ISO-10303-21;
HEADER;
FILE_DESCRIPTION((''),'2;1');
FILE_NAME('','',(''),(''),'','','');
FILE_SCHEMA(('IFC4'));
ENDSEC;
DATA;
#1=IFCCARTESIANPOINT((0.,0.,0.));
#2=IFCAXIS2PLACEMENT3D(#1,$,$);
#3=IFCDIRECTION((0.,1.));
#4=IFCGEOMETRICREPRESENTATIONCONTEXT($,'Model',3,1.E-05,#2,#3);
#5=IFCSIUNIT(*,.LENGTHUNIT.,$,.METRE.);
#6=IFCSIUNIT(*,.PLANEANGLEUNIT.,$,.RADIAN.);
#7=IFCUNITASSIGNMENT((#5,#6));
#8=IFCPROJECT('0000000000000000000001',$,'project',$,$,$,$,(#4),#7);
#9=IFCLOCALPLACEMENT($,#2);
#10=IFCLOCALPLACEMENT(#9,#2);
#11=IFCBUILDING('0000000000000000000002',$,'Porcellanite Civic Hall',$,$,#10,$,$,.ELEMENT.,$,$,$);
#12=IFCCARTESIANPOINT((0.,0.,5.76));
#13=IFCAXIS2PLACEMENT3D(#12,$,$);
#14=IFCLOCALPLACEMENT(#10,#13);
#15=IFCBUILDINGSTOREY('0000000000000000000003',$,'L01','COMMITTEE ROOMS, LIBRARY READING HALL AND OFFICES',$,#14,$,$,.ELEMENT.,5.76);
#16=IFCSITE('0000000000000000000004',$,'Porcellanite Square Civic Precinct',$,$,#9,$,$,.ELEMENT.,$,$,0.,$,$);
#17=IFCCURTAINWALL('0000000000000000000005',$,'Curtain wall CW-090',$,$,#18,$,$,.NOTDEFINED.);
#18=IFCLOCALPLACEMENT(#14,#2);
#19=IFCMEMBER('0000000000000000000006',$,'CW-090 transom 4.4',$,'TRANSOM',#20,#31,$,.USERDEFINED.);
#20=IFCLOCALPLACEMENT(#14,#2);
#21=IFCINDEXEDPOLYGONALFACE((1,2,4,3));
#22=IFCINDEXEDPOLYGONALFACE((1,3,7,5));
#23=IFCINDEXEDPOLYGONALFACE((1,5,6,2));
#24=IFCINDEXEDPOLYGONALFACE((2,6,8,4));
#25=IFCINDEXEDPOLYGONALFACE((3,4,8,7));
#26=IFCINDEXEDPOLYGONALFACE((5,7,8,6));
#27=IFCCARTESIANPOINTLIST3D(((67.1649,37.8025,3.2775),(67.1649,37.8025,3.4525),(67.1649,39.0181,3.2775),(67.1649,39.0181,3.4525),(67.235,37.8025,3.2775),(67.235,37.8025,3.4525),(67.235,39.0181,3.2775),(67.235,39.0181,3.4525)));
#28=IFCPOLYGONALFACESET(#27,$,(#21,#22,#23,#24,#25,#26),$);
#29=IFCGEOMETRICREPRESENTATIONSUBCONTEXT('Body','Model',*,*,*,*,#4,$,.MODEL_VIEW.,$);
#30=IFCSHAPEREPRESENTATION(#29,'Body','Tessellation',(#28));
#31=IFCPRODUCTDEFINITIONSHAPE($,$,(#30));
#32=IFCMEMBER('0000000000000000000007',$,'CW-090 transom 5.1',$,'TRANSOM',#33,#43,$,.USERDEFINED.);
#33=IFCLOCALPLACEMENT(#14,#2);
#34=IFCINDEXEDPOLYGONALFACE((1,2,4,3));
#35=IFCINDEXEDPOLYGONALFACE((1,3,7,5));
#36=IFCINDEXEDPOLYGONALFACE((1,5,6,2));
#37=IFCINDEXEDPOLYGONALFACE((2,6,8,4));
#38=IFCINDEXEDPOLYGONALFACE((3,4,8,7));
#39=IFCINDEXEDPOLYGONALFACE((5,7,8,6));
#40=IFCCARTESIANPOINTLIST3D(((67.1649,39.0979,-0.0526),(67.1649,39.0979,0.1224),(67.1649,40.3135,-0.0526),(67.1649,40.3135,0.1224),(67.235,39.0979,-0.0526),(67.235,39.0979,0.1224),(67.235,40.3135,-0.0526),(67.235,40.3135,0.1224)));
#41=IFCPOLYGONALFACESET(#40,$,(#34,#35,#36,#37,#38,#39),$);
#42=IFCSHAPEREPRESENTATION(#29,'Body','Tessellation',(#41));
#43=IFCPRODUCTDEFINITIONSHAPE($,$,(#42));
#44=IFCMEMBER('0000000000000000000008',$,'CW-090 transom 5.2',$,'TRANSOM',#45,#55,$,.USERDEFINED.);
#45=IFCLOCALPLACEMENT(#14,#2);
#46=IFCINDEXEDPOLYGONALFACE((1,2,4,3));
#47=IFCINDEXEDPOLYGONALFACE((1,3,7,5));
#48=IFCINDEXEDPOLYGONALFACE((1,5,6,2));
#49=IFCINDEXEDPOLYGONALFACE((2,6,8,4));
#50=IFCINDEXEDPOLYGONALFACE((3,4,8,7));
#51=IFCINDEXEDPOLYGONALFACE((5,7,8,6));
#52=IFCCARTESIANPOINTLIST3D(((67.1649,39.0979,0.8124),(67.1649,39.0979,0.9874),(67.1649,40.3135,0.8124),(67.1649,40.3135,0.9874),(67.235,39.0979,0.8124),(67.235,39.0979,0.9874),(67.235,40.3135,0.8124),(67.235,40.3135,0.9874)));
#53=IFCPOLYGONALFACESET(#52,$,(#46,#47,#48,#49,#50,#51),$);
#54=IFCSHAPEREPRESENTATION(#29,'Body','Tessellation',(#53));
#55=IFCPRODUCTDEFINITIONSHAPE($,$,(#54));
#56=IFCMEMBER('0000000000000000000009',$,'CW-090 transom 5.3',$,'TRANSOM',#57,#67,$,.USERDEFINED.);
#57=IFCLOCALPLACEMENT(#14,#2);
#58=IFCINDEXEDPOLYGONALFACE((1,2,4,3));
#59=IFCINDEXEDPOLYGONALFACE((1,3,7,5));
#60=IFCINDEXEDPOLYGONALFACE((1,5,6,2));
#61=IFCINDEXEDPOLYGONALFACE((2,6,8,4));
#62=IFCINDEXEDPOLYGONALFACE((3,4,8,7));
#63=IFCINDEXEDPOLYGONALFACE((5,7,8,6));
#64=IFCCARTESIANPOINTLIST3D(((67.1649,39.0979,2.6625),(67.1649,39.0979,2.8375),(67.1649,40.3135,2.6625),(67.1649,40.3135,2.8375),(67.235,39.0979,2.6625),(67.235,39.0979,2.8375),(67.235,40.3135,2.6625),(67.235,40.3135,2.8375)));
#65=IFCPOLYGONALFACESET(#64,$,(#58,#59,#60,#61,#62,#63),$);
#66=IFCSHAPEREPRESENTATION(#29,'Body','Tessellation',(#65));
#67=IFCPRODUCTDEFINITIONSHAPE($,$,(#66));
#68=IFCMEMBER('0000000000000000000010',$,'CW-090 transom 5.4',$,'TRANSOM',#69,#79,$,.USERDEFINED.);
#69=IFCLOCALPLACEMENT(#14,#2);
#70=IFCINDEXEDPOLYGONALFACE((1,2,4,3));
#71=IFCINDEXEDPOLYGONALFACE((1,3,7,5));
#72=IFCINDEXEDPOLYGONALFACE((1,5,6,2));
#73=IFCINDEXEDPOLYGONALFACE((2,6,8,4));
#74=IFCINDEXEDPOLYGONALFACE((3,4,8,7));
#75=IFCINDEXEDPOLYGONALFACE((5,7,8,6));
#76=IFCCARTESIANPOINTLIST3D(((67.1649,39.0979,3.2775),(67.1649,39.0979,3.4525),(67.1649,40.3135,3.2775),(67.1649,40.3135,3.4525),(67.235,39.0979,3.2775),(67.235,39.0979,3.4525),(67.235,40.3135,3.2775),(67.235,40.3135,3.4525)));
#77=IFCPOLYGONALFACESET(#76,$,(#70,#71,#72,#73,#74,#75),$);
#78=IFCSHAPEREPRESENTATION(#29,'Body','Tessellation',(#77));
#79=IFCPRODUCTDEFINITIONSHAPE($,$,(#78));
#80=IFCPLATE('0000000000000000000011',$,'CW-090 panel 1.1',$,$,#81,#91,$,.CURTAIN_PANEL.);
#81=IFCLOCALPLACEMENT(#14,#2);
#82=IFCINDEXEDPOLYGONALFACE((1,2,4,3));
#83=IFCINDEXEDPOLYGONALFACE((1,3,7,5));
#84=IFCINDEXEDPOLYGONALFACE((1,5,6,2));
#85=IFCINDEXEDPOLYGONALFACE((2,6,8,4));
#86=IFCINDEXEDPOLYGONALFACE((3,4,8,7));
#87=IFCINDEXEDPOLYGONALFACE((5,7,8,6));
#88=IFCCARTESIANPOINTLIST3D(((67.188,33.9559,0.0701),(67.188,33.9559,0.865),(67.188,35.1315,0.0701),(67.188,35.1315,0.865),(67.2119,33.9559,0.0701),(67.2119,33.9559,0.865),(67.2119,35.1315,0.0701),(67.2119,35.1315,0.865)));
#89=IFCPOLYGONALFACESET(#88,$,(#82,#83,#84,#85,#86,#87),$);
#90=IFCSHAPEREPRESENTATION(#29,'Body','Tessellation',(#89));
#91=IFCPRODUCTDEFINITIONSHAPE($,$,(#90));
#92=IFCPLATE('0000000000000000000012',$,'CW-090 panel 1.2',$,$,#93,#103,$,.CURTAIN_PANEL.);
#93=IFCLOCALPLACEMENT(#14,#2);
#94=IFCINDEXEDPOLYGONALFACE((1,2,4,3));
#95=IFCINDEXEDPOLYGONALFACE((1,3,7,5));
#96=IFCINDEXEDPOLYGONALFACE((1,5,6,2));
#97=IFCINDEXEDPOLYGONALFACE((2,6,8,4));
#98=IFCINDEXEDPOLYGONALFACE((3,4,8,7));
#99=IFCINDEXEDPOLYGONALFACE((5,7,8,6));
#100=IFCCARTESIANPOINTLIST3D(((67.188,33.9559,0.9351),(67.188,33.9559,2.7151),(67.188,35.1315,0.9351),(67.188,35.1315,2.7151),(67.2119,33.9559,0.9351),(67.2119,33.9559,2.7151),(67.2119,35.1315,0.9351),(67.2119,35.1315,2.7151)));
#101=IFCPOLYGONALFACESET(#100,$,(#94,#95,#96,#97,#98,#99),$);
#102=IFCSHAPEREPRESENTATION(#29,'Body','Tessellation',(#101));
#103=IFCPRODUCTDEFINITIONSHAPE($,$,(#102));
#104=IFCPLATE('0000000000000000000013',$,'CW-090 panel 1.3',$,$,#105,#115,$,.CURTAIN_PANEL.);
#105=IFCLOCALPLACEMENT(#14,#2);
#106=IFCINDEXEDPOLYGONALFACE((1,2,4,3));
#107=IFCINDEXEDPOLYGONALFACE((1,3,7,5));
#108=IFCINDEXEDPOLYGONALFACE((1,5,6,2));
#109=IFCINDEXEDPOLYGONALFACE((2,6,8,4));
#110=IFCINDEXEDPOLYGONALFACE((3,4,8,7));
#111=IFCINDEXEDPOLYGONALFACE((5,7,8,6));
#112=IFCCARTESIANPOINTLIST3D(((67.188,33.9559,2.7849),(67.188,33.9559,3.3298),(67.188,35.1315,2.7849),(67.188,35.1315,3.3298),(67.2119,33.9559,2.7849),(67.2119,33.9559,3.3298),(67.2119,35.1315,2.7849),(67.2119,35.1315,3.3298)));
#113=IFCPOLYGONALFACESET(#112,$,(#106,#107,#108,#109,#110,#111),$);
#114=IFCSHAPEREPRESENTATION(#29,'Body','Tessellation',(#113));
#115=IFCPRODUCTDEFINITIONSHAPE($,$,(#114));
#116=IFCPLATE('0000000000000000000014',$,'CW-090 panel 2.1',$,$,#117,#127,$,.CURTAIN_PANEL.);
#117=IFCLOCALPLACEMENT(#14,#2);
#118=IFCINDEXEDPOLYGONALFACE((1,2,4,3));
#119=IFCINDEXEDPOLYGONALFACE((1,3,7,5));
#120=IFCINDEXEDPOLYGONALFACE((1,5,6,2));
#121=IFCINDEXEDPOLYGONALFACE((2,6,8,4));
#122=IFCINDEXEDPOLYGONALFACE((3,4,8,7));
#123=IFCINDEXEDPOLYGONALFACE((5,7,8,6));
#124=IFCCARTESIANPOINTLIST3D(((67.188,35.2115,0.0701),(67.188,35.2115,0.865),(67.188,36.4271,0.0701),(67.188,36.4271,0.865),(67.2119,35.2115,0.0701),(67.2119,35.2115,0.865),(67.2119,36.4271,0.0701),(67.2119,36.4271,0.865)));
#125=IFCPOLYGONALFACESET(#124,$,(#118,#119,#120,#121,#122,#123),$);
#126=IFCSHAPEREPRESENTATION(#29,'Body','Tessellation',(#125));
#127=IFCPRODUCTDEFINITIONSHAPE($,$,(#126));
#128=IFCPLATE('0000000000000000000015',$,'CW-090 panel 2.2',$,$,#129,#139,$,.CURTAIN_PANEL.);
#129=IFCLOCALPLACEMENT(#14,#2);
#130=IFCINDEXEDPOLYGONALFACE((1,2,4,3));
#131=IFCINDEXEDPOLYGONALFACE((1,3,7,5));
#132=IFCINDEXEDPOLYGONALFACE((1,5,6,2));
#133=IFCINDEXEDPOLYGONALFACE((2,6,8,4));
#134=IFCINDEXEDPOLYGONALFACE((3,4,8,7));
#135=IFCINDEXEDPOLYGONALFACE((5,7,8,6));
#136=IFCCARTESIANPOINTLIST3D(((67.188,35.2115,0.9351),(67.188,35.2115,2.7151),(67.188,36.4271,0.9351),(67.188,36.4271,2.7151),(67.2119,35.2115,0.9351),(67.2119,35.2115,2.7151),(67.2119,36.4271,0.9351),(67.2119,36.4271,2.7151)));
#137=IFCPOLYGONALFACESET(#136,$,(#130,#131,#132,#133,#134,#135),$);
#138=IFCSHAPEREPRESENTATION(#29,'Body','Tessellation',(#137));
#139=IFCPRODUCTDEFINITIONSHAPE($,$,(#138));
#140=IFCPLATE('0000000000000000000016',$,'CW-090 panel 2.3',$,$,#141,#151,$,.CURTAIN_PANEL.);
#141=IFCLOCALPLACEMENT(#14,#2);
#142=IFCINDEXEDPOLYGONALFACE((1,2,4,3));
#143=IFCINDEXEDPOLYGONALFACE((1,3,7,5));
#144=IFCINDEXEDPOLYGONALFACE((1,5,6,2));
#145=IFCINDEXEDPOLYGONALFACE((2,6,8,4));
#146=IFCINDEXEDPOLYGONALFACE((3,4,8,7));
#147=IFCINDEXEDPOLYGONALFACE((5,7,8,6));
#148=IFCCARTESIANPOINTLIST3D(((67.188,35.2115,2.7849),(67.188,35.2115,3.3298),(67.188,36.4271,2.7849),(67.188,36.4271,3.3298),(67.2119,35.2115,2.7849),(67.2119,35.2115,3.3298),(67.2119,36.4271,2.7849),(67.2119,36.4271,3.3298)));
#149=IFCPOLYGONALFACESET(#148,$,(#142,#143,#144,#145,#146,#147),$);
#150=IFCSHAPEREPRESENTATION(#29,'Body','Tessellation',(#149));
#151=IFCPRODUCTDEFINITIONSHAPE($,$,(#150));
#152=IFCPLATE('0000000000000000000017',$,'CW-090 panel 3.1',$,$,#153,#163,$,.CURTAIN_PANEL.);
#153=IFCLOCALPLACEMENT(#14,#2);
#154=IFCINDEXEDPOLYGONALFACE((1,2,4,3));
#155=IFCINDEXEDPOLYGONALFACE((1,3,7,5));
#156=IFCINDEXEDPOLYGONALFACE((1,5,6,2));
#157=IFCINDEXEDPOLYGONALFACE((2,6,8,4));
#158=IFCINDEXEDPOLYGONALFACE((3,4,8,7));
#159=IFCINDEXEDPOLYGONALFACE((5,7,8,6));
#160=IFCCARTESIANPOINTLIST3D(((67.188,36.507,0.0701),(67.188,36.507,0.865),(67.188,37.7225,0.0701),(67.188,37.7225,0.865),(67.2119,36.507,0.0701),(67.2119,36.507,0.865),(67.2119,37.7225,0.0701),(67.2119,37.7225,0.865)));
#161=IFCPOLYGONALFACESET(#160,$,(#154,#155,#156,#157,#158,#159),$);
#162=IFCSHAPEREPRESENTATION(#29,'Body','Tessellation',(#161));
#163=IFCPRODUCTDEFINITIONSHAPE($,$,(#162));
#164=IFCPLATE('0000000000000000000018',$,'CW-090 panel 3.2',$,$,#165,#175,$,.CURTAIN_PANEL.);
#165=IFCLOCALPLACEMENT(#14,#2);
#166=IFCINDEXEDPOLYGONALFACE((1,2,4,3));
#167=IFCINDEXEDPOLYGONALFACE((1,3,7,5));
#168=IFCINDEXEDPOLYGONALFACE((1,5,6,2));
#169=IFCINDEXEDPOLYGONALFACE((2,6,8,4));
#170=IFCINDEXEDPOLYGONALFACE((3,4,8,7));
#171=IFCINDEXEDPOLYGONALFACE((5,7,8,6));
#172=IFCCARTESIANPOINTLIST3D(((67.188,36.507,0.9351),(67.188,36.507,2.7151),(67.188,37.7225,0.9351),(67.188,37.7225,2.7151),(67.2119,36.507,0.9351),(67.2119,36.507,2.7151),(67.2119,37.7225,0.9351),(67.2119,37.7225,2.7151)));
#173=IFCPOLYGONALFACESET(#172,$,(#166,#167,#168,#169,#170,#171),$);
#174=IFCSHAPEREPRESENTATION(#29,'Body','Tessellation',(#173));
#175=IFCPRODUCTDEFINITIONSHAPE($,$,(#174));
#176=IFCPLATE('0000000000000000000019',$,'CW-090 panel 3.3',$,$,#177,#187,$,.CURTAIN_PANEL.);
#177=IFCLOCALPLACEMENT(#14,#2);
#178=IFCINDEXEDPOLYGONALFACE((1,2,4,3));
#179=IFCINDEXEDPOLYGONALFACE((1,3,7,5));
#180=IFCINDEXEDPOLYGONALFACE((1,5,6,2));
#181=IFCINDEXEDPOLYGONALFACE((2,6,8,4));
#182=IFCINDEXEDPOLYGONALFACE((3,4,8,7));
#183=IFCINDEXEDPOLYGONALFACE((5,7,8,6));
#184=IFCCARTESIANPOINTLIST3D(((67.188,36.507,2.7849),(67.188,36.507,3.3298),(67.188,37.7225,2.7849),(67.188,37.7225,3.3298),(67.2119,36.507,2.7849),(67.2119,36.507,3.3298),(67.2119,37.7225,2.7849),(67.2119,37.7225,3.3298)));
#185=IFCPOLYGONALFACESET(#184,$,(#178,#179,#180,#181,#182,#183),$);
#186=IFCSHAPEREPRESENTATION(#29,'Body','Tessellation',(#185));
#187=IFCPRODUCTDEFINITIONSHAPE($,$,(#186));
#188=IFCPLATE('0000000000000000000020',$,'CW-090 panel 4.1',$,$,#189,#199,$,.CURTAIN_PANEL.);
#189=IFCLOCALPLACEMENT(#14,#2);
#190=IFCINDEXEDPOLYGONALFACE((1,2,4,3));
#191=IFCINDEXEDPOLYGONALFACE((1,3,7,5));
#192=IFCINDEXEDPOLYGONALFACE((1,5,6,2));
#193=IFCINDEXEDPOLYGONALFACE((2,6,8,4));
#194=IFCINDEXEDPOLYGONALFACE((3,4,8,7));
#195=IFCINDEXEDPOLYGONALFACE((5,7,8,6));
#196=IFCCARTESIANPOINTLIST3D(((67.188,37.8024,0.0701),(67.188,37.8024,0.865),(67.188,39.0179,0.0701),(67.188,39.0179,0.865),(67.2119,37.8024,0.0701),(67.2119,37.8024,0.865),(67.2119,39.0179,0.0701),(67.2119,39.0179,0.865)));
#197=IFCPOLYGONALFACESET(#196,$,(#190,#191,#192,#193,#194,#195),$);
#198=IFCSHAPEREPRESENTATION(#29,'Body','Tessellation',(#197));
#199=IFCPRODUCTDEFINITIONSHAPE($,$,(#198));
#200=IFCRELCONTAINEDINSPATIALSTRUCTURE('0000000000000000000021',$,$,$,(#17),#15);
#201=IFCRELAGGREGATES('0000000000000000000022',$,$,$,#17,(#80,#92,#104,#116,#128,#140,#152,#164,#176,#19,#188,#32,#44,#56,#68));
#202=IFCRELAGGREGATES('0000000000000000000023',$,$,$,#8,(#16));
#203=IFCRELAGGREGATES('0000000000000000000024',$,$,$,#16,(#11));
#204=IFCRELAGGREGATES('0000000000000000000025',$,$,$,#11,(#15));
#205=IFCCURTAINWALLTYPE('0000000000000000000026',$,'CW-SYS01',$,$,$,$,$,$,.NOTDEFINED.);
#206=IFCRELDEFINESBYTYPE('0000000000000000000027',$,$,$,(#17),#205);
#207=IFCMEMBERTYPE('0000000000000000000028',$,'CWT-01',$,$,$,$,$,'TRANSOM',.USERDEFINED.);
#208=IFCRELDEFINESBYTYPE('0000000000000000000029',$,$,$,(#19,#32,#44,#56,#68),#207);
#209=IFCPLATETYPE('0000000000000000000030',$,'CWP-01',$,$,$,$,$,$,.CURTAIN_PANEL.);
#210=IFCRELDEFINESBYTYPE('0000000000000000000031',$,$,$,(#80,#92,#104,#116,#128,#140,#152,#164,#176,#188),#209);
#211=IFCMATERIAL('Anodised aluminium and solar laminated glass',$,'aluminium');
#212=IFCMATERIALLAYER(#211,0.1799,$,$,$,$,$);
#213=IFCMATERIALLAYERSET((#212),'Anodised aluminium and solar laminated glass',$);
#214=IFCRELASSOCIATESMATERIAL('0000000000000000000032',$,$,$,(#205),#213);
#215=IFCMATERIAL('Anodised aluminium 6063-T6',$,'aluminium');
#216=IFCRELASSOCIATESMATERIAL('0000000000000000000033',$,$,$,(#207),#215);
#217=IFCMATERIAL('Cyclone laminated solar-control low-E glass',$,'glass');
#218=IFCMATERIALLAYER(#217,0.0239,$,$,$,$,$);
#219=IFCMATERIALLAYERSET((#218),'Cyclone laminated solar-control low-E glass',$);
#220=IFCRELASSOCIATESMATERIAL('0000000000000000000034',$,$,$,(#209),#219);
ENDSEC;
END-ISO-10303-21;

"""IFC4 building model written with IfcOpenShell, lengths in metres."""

from ifc_helpers import new_model, si_unit, direction, frame, origin, origin_2d, place, context, subcontext, project, spatial, rectangle, extrude, material, layer, layer_set, material_profile, profile_set, type_object, element, aggregate, save


model = new_model("IFC4")

# Units and contexts
model_context = context("Model", 3, precision=1e-05, world=origin(), true_north=direction((0.0, 1.0)))
body_context = subcontext(model_context, "Body", "Model", "MODEL_VIEW")
ifc_project = project(units=[si_unit("LENGTHUNIT", "METRE"), si_unit("PLANEANGLEUNIT", "RADIAN")], contexts=[model_context])

# Site, building, storey
site_placement = place(None, origin())
site = spatial("IfcSite", under=ifc_project, at=site_placement, Name="Porcellanite Square Civic Precinct", CompositionType="ELEMENT", RefElevation=0.0)
building_placement = place(site_placement, origin())
building = spatial("IfcBuilding", under=site, at=building_placement, Name="Porcellanite Civic Hall", CompositionType="ELEMENT")
storey_placement = place(building_placement, frame((0.0, 0.0, 5.76)))
storey = spatial("IfcBuildingStorey", under=building, at=storey_placement, Name="L01", Description="COMMITTEE ROOMS, LIBRARY READING HALL AND OFFICES", CompositionType="ELEMENT", Elevation=5.76)

# Curtain wall, members, plates
ifc_material_1 = material(Name="Anodised aluminium and solar laminated glass", Category="aluminium")
ifc_layer_1 = layer(ifc_material_1, 0.1799)
ifc_layer_set_1 = layer_set([ifc_layer_1], Name="Anodised aluminium and solar laminated glass")
curtain_wall_type = type_object("IfcCurtainWallType", Name="CW-SYS01", PredefinedType="NOTDEFINED", material=ifc_layer_set_1)
curtain_wall_placement = place(storey_placement, origin())
curtain_wall = element("IfcCurtainWall", 1, at=curtain_wall_placement, inside=storey, type_object=curtain_wall_type, Name="Curtain wall CW-090", PredefinedType="NOTDEFINED")
ifc_material_2 = material(Name="Anodised aluminium 6063-T6", Category="aluminium")
ifc_material_profile_1 = material_profile(ifc_material_2, rectangle(XDim=0.0701, YDim=0.175, at=origin_2d()), Name="AL-70x175")
ifc_profile_set_1 = profile_set([ifc_material_profile_1], Name="Anodised aluminium 6063-T6")
member_type_1 = type_object("IfcMemberType", Name="CWT-01", ElementType="TRANSOM", PredefinedType="USERDEFINED", material=ifc_profile_set_1)
member_1_placement = place(storey_placement, frame((67.2, 37.8025, 3.365), z_axis=(0.0, 1.0, 0.0), x_axis=(-1.0, 0.0, 0.0)))
member_1 = element("IfcMember", 2, at=member_1_placement, type_object=member_type_1, Name="CW-090 transom 4.4", ObjectType="TRANSOM", PredefinedType="USERDEFINED", context=body_context, shape_type="SweptSolid", body=[
    extrude(rectangle(XDim=0.0701, YDim=0.175, at=origin_2d()), origin(), (0.0, 0.0, 1.0), 1.2156),
])
member_2_placement = place(storey_placement, frame((67.2, 39.0979, 0.0349), z_axis=(0.0, 1.0, 0.0), x_axis=(-1.0, 0.0, 0.0)))
member_2 = element("IfcMember", 3, at=member_2_placement, type_object=member_type_1, Name="CW-090 transom 5.1", ObjectType="TRANSOM", PredefinedType="USERDEFINED", context=body_context, shape_type="SweptSolid", body=[
    extrude(rectangle(XDim=0.0701, YDim=0.175, at=origin_2d()), origin(), (0.0, 0.0, 1.0), 1.2156),
])
member_3_placement = place(storey_placement, frame((67.2, 39.0979, 0.8999), z_axis=(0.0, 1.0, 0.0), x_axis=(-1.0, 0.0, 0.0)))
member_3 = element("IfcMember", 4, at=member_3_placement, type_object=member_type_1, Name="CW-090 transom 5.2", ObjectType="TRANSOM", PredefinedType="USERDEFINED", context=body_context, shape_type="SweptSolid", body=[
    extrude(rectangle(XDim=0.0701, YDim=0.175, at=origin_2d()), origin(), (0.0, 0.0, 1.0), 1.2156),
])
member_4_placement = place(storey_placement, frame((67.2, 39.0979, 2.75), z_axis=(0.0, 1.0, 0.0), x_axis=(-1.0, 0.0, 0.0)))
member_4 = element("IfcMember", 5, at=member_4_placement, type_object=member_type_1, Name="CW-090 transom 5.3", ObjectType="TRANSOM", PredefinedType="USERDEFINED", context=body_context, shape_type="SweptSolid", body=[
    extrude(rectangle(XDim=0.0701, YDim=0.175, at=origin_2d()), origin(), (0.0, 0.0, 1.0), 1.2156),
])
member_5_placement = place(storey_placement, frame((67.2, 39.0979, 3.365), z_axis=(0.0, 1.0, 0.0), x_axis=(-1.0, 0.0, 0.0)))
member_5 = element("IfcMember", 6, at=member_5_placement, type_object=member_type_1, Name="CW-090 transom 5.4", ObjectType="TRANSOM", PredefinedType="USERDEFINED", context=body_context, shape_type="SweptSolid", body=[
    extrude(rectangle(XDim=0.0701, YDim=0.175, at=origin_2d()), origin(), (0.0, 0.0, 1.0), 1.2156),
])
ifc_material_3 = material(Name="Cyclone laminated solar-control low-E glass", Category="glass")
ifc_layer_2 = layer(ifc_material_3, 0.0239)
ifc_layer_set_2 = layer_set([ifc_layer_2], Name="Cyclone laminated solar-control low-E glass")
plate_type = type_object("IfcPlateType", Name="CWP-01", PredefinedType="CURTAIN_PANEL", material=ifc_layer_set_2)
plate_1_placement = place(storey_placement, frame((67.2, 34.5437, 0.0701), z_axis=(0.0, 0.0, 1.0), x_axis=(0.0, 1.0, 0.0)))
plate_1 = element("IfcPlate", 7, at=plate_1_placement, type_object=plate_type, Name="CW-090 panel 1.1", PredefinedType="CURTAIN_PANEL", context=body_context, shape_type="SweptSolid", body=[
    extrude(rectangle(XDim=1.1755, YDim=0.0239, at=origin_2d()), origin(), (0.0, 0.0, 1.0), 0.7949),
])
plate_2_placement = place(storey_placement, frame((67.2, 34.5437, 0.9351), z_axis=(0.0, 0.0, 1.0), x_axis=(0.0, 1.0, 0.0)))
plate_2 = element("IfcPlate", 8, at=plate_2_placement, type_object=plate_type, Name="CW-090 panel 1.2", PredefinedType="CURTAIN_PANEL", context=body_context, shape_type="SweptSolid", body=[
    extrude(rectangle(XDim=1.1755, YDim=0.0239, at=origin_2d()), origin(), (0.0, 0.0, 1.0), 1.78),
])
plate_3_placement = place(storey_placement, frame((67.2, 34.5437, 2.7849), z_axis=(0.0, 0.0, 1.0), x_axis=(0.0, 1.0, 0.0)))
plate_3 = element("IfcPlate", 9, at=plate_3_placement, type_object=plate_type, Name="CW-090 panel 1.3", PredefinedType="CURTAIN_PANEL", context=body_context, shape_type="SweptSolid", body=[
    extrude(rectangle(XDim=1.1755, YDim=0.0239, at=origin_2d()), origin(), (0.0, 0.0, 1.0), 0.5449),
])
plate_4_placement = place(storey_placement, frame((67.2, 35.8193, 0.0701), z_axis=(0.0, 0.0, 1.0), x_axis=(0.0, 1.0, 0.0)))
plate_4 = element("IfcPlate", 10, at=plate_4_placement, type_object=plate_type, Name="CW-090 panel 2.1", PredefinedType="CURTAIN_PANEL", context=body_context, shape_type="SweptSolid", body=[
    extrude(rectangle(XDim=1.2156, YDim=0.0239, at=origin_2d()), origin(), (0.0, 0.0, 1.0), 0.7949),
])
plate_5_placement = place(storey_placement, frame((67.2, 35.8193, 0.9351), z_axis=(0.0, 0.0, 1.0), x_axis=(0.0, 1.0, 0.0)))
plate_5 = element("IfcPlate", 11, at=plate_5_placement, type_object=plate_type, Name="CW-090 panel 2.2", PredefinedType="CURTAIN_PANEL", context=body_context, shape_type="SweptSolid", body=[
    extrude(rectangle(XDim=1.2156, YDim=0.0239, at=origin_2d()), origin(), (0.0, 0.0, 1.0), 1.78),
])
plate_6_placement = place(storey_placement, frame((67.2, 35.8193, 2.7849), z_axis=(0.0, 0.0, 1.0), x_axis=(0.0, 1.0, 0.0)))
plate_6 = element("IfcPlate", 12, at=plate_6_placement, type_object=plate_type, Name="CW-090 panel 2.3", PredefinedType="CURTAIN_PANEL", context=body_context, shape_type="SweptSolid", body=[
    extrude(rectangle(XDim=1.2156, YDim=0.0239, at=origin_2d()), origin(), (0.0, 0.0, 1.0), 0.5449),
])
plate_7_placement = place(storey_placement, frame((67.2, 37.1147, 0.0701), z_axis=(0.0, 0.0, 1.0), x_axis=(0.0, 1.0, 0.0)))
plate_7 = element("IfcPlate", 13, at=plate_7_placement, type_object=plate_type, Name="CW-090 panel 3.1", PredefinedType="CURTAIN_PANEL", context=body_context, shape_type="SweptSolid", body=[
    extrude(rectangle(XDim=1.2156, YDim=0.0239, at=origin_2d()), origin(), (0.0, 0.0, 1.0), 0.7949),
])
plate_8_placement = place(storey_placement, frame((67.2, 37.1147, 0.9351), z_axis=(0.0, 0.0, 1.0), x_axis=(0.0, 1.0, 0.0)))
plate_8 = element("IfcPlate", 14, at=plate_8_placement, type_object=plate_type, Name="CW-090 panel 3.2", PredefinedType="CURTAIN_PANEL", context=body_context, shape_type="SweptSolid", body=[
    extrude(rectangle(XDim=1.2156, YDim=0.0239, at=origin_2d()), origin(), (0.0, 0.0, 1.0), 1.78),
])
plate_9_placement = place(storey_placement, frame((67.2, 37.1147, 2.7849), z_axis=(0.0, 0.0, 1.0), x_axis=(0.0, 1.0, 0.0)))
plate_9 = element("IfcPlate", 15, at=plate_9_placement, type_object=plate_type, Name="CW-090 panel 3.3", PredefinedType="CURTAIN_PANEL", context=body_context, shape_type="SweptSolid", body=[
    extrude(rectangle(XDim=1.2156, YDim=0.0239, at=origin_2d()), origin(), (0.0, 0.0, 1.0), 0.5449),
])
plate_10_placement = place(storey_placement, frame((67.2, 38.4102, 0.0701), z_axis=(0.0, 0.0, 1.0), x_axis=(0.0, 1.0, 0.0)))
plate_10 = element("IfcPlate", 16, at=plate_10_placement, type_object=plate_type, Name="CW-090 panel 4.1", PredefinedType="CURTAIN_PANEL", context=body_context, shape_type="SweptSolid", body=[
    extrude(rectangle(XDim=1.2156, YDim=0.0239, at=origin_2d()), origin(), (0.0, 0.0, 1.0), 0.7949),
])
aggregate(curtain_wall, [plate_1, plate_2, plate_3, plate_4, plate_5, plate_6, plate_7, plate_8, plate_9, member_1, plate_10, member_2, member_3, member_4, member_5])

save(model, "model.ifc")
